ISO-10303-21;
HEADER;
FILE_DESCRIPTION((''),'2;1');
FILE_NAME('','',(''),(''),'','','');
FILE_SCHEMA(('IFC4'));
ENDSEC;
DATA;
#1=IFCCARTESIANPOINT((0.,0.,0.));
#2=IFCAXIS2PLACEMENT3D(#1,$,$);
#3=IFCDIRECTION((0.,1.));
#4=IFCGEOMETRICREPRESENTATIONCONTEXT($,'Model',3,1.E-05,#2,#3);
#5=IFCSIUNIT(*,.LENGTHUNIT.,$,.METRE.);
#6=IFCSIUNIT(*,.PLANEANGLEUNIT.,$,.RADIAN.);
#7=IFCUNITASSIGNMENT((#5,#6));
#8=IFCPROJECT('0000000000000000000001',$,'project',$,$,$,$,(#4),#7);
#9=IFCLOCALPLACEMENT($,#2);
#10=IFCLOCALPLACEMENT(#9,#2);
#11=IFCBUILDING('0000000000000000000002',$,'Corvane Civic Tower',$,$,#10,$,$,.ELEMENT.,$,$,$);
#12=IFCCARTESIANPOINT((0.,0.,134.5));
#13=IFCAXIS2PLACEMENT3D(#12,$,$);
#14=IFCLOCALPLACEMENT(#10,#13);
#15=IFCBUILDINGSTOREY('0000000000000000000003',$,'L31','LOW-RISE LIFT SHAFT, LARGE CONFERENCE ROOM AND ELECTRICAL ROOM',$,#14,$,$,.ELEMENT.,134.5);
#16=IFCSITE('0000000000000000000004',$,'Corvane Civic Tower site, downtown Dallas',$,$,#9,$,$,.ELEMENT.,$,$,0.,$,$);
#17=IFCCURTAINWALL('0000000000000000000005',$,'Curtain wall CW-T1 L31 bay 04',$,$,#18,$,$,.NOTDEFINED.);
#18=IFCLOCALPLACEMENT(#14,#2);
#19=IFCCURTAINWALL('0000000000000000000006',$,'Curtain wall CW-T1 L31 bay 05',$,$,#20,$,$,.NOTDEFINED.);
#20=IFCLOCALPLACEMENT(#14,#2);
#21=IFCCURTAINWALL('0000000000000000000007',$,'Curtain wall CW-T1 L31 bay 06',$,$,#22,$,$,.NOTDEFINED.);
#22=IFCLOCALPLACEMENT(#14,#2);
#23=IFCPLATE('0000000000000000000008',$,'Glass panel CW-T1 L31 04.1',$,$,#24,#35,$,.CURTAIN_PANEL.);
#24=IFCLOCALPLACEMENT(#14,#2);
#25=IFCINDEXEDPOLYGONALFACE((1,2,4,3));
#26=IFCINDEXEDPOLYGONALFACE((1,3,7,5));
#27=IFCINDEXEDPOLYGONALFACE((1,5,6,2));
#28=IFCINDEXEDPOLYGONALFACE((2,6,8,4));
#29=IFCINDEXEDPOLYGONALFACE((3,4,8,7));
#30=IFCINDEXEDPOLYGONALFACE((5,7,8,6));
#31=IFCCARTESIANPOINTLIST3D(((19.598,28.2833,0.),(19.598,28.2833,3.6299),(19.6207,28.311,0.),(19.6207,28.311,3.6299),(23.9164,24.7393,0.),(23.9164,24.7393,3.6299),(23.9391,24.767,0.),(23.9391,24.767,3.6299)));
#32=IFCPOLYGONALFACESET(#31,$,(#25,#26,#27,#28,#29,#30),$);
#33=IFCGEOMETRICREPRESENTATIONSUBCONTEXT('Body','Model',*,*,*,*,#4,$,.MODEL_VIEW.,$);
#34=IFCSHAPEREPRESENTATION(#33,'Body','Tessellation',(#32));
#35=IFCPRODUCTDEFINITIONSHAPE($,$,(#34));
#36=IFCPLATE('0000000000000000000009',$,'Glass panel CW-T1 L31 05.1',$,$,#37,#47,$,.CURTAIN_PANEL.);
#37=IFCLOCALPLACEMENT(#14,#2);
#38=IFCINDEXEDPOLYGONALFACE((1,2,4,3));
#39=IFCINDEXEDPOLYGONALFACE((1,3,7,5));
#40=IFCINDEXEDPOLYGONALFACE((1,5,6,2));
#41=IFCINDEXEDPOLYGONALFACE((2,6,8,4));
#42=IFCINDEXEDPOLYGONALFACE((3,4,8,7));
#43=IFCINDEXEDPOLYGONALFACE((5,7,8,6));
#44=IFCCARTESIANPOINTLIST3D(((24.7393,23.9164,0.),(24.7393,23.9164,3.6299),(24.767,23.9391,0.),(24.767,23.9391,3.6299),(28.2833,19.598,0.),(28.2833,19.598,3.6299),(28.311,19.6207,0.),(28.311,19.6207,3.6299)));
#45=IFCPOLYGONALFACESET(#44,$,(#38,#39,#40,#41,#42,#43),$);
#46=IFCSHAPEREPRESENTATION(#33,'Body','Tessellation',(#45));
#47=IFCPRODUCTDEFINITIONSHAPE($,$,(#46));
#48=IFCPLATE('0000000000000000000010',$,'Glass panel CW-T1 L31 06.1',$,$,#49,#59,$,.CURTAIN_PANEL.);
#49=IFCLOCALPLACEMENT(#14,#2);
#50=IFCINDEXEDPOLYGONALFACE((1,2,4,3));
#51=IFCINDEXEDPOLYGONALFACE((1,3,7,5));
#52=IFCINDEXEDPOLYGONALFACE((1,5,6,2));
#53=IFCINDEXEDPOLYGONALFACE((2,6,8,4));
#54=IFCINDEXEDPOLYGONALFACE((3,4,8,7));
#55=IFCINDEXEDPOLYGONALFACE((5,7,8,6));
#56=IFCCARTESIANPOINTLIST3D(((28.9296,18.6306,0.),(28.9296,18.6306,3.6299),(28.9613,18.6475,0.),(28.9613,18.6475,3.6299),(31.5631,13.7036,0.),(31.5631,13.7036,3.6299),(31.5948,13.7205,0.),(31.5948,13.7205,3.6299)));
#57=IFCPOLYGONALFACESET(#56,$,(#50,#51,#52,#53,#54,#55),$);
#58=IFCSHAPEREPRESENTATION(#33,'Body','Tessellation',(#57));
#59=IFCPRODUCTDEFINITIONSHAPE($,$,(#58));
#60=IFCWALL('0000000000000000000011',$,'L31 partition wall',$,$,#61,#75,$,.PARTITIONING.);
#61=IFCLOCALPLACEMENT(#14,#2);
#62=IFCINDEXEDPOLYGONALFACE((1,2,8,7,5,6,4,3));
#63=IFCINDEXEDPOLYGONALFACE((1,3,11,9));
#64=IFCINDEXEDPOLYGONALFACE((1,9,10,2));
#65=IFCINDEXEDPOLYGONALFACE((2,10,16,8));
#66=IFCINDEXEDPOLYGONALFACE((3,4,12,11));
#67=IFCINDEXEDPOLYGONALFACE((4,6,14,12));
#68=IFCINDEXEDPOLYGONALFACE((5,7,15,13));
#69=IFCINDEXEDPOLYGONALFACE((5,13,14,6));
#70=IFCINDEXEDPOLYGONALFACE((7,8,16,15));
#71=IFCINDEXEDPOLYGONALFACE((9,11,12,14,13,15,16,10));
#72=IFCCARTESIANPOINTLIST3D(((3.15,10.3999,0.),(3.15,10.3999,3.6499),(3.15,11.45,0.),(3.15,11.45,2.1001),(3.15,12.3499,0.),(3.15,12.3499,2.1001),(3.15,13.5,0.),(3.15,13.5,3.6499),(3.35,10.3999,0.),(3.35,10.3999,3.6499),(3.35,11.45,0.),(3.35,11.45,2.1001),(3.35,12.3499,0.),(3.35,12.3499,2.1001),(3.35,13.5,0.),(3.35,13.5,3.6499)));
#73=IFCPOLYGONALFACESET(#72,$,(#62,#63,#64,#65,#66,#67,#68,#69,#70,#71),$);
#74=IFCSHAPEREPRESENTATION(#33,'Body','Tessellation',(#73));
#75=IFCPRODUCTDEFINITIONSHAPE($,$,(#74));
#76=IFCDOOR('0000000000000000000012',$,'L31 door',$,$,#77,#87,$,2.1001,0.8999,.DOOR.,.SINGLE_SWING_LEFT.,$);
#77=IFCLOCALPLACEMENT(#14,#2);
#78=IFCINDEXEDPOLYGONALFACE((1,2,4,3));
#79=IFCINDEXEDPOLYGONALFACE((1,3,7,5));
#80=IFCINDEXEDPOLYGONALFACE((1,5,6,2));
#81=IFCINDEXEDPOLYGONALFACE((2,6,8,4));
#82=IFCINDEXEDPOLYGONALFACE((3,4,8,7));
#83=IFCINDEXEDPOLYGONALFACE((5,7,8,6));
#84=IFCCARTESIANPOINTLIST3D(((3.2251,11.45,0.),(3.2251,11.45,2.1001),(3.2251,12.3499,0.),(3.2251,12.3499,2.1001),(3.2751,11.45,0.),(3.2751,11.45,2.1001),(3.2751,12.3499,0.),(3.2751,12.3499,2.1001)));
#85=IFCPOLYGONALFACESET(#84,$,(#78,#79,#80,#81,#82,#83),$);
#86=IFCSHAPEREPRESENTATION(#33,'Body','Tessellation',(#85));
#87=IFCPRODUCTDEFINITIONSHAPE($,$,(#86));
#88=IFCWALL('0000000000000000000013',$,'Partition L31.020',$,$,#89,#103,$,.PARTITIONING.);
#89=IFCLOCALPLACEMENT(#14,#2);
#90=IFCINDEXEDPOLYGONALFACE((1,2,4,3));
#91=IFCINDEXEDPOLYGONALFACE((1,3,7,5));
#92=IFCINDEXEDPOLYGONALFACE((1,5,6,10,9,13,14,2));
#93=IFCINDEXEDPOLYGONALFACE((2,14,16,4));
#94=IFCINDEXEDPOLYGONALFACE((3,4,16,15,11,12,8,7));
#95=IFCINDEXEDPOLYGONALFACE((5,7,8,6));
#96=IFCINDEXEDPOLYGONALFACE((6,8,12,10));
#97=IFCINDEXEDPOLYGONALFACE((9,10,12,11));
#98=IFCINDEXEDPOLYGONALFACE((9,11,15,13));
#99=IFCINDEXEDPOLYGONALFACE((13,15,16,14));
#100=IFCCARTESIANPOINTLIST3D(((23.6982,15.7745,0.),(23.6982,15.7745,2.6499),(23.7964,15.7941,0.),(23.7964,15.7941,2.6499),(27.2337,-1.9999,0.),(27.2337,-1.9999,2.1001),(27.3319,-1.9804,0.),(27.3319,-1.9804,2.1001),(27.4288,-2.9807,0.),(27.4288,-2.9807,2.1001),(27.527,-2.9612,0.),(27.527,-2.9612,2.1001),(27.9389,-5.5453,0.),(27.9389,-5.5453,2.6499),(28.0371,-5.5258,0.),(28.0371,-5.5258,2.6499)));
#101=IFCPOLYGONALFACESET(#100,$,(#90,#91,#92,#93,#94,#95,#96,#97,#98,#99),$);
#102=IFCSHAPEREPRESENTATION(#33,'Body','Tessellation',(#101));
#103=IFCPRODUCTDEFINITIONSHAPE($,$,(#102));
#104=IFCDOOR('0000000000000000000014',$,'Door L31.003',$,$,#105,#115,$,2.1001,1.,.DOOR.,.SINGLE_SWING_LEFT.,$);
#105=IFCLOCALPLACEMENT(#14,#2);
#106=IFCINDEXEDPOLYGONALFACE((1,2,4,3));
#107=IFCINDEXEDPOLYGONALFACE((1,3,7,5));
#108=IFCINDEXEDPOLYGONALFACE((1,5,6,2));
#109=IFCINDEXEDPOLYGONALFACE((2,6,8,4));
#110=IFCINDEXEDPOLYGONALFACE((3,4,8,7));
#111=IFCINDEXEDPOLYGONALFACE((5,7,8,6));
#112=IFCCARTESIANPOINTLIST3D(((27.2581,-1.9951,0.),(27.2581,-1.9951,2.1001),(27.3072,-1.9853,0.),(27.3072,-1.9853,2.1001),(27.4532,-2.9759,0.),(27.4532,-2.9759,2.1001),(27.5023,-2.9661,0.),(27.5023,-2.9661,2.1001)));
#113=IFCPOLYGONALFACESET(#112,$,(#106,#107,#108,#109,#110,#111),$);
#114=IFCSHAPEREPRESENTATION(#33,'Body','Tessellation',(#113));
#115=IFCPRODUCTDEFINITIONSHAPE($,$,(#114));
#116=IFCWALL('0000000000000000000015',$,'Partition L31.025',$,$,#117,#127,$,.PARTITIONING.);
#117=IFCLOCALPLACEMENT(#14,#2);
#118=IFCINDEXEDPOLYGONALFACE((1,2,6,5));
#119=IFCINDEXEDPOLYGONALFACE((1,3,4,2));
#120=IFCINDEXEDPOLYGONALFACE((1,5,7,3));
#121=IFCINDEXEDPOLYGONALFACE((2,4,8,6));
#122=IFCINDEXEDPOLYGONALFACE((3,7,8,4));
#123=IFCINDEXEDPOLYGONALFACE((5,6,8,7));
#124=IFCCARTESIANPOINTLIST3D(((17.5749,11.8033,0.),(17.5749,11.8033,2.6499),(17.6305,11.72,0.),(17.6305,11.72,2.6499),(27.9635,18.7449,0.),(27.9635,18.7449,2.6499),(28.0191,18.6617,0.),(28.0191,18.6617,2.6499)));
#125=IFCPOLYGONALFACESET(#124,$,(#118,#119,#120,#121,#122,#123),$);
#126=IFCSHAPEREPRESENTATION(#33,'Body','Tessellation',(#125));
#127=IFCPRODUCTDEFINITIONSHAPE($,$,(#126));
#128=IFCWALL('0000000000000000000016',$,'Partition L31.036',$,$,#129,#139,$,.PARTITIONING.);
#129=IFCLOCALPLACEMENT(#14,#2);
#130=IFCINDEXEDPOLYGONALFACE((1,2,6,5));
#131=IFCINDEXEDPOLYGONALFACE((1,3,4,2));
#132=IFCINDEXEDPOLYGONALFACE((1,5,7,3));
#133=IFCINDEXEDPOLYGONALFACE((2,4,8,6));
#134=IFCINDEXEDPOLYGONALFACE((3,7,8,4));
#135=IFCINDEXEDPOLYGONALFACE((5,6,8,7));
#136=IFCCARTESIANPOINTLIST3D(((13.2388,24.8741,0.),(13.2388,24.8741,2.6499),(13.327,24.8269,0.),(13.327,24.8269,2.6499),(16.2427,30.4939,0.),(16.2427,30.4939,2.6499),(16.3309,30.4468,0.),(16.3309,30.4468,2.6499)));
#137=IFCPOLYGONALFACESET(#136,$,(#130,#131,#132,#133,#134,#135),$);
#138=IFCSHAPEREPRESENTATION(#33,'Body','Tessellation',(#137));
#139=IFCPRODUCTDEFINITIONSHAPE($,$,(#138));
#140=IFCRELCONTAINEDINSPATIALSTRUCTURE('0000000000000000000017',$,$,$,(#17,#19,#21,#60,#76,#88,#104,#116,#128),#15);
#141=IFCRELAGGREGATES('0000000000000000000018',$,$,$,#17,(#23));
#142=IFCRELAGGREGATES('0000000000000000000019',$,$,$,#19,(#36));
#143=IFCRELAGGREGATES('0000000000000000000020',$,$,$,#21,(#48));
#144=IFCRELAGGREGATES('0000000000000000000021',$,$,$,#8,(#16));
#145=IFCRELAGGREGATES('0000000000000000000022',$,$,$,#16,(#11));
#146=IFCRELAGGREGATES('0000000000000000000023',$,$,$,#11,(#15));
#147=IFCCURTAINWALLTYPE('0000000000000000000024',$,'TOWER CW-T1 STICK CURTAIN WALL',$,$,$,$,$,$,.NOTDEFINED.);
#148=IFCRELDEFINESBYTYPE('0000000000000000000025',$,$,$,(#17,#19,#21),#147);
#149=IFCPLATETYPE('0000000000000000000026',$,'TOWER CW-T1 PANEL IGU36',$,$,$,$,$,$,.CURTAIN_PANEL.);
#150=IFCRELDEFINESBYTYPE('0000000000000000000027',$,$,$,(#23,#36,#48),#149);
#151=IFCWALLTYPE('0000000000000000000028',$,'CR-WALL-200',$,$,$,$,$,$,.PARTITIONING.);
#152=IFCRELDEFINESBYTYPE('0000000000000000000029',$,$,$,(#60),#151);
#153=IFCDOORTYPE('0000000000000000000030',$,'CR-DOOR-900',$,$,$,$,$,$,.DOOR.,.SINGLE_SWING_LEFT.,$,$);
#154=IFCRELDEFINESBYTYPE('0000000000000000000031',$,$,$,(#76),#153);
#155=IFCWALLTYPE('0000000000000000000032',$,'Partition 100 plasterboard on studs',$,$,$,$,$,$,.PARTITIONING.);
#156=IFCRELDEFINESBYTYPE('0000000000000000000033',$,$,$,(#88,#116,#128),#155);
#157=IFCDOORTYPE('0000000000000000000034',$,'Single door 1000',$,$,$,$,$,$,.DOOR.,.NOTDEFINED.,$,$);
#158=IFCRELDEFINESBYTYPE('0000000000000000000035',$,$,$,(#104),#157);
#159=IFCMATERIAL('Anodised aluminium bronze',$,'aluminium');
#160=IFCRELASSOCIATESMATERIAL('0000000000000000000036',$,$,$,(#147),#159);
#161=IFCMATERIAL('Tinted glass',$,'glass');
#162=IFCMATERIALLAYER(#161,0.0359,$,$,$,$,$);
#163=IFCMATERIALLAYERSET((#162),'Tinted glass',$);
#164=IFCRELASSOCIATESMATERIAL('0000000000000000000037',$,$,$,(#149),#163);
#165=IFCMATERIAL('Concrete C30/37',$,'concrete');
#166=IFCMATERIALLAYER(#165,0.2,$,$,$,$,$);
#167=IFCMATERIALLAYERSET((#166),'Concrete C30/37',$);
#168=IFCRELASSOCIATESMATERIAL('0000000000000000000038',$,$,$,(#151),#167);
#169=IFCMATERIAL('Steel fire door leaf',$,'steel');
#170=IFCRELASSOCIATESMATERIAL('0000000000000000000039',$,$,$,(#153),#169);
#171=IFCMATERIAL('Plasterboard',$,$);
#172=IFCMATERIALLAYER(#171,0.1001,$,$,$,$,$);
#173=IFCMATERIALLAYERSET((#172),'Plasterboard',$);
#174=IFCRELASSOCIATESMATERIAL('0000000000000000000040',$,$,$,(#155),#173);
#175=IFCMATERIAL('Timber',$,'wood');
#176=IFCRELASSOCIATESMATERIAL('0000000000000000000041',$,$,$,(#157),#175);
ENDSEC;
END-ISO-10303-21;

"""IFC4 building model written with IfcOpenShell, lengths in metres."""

from ifc_helpers import new_model, si_unit, direction, frame, frame_2d, origin, origin_2d, place, context, subcontext, project, spatial, rectangle, extrude, material, layer, layer_set, type_object, element, fill, aggregate, save


model = new_model("IFC4")

# Units and contexts
model_context = context("Model", 3, precision=1e-05, world=origin(), true_north=direction((0.0, 1.0)))
body_context = subcontext(model_context, "Body", "Model", "MODEL_VIEW")
ifc_project = project(units=[si_unit("LENGTHUNIT", "METRE"), si_unit("PLANEANGLEUNIT", "RADIAN")], contexts=[model_context])

# Site, building, storey
site_placement = place(None, origin())
site = spatial("IfcSite", under=ifc_project, at=site_placement, Name="Corvane Civic Tower site, downtown Dallas", CompositionType="ELEMENT", RefElevation=0.0)
building_placement = place(site_placement, origin())
building = spatial("IfcBuilding", under=site, at=building_placement, Name="Corvane Civic Tower", CompositionType="ELEMENT")
storey_placement = place(building_placement, frame((0.0, 0.0, 134.5)))
storey = spatial("IfcBuildingStorey", under=building, at=storey_placement, Name="L31", Description="LOW-RISE LIFT SHAFT, LARGE CONFERENCE ROOM AND ELECTRICAL ROOM", CompositionType="ELEMENT", Elevation=134.5)

# Curtain walls
ifc_material_1 = material(Name="Anodised aluminium bronze", Category="aluminium")
curtain_wall_type = type_object("IfcCurtainWallType", Name="TOWER CW-T1 STICK CURTAIN WALL", PredefinedType="NOTDEFINED", material=ifc_material_1)
curtain_wall_1_placement = place(storey_placement, origin())
curtain_wall_1 = element("IfcCurtainWall", 1, at=curtain_wall_1_placement, inside=storey, type_object=curtain_wall_type, Name="Curtain wall CW-T1 L31 bay 04", PredefinedType="NOTDEFINED")
curtain_wall_2_placement = place(storey_placement, origin())
curtain_wall_2 = element("IfcCurtainWall", 2, at=curtain_wall_2_placement, inside=storey, type_object=curtain_wall_type, Name="Curtain wall CW-T1 L31 bay 05", PredefinedType="NOTDEFINED")
curtain_wall_3_placement = place(storey_placement, origin())
curtain_wall_3 = element("IfcCurtainWall", 3, at=curtain_wall_3_placement, inside=storey, type_object=curtain_wall_type, Name="Curtain wall CW-T1 L31 bay 06", PredefinedType="NOTDEFINED")

# Plates
ifc_material_2 = material(Name="Tinted glass", Category="glass")
ifc_layer_1 = layer(ifc_material_2, 0.0359)
ifc_layer_set_1 = layer_set([ifc_layer_1], Name="Tinted glass")
plate_type = type_object("IfcPlateType", Name="TOWER CW-T1 PANEL IGU36", PredefinedType="CURTAIN_PANEL", material=ifc_layer_set_1)
plate_1_placement = place(storey_placement, frame((21.7686, 26.5251, 0.0), z_axis=(0.0, 0.0, 1.0), x_axis=(0.773013, -0.63439, 0.0)))
plate_1 = element("IfcPlate", 4, at=plate_1_placement, type_object=plate_type, Name="Glass panel CW-T1 L31 04.1", PredefinedType="CURTAIN_PANEL", context=body_context, shape_type="SweptSolid", body=[
    extrude(rectangle(XDim=5.5864, YDim=0.0359, at=origin_2d()), origin(), (0.0, 0.0, 1.0), 3.6299),
])
aggregate(curtain_wall_1, [plate_1])
plate_2_placement = place(storey_placement, frame((26.5251, 21.7686, 0.0), z_axis=(0.0, 0.0, 1.0), x_axis=(0.63439, -0.773013, 0.0)))
plate_2 = element("IfcPlate", 5, at=plate_2_placement, type_object=plate_type, Name="Glass panel CW-T1 L31 05.1", PredefinedType="CURTAIN_PANEL", context=body_context, shape_type="SweptSolid", body=[
    extrude(rectangle(XDim=5.5864, YDim=0.0359, at=origin_2d()), origin(), (0.0, 0.0, 1.0), 3.6299),
])
aggregate(curtain_wall_2, [plate_2])
plate_3_placement = place(storey_placement, frame((30.2622, 16.1755, 0.0), z_axis=(0.0, 0.0, 1.0), x_axis=(0.471392, -0.881924, 0.0)))
plate_3 = element("IfcPlate", 6, at=plate_3_placement, type_object=plate_type, Name="Glass panel CW-T1 L31 06.1", PredefinedType="CURTAIN_PANEL", context=body_context, shape_type="SweptSolid", body=[
    extrude(rectangle(XDim=5.5867, YDim=0.0359, at=origin_2d()), origin(), (0.0, 0.0, 1.0), 3.6299),
])
aggregate(curtain_wall_3, [plate_3])

# Walls, openings, doors
ifc_material_3 = material(Name="Concrete C30/37", Category="concrete")
ifc_layer_2 = layer(ifc_material_3, 0.2)
ifc_layer_set_2 = layer_set([ifc_layer_2], Name="Concrete C30/37")
wall_type_1 = type_object("IfcWallType", Name="CR-WALL-200", PredefinedType="PARTITIONING", material=ifc_layer_set_2)
wall_1_placement = place(storey_placement, frame((3.25, 10.3999, 0.0), z_axis=(0.0, 0.0, 1.0), x_axis=(0.0, 1.0, 0.0)))
wall_1 = element("IfcWall", 7, at=wall_1_placement, inside=storey, type_object=wall_type_1, Name="L31 partition wall", PredefinedType="PARTITIONING", context=body_context, shape_type="SweptSolid", body=[
    extrude(rectangle(XDim=3.1001, YDim=0.2, at=frame_2d((1.55, 0.0))), origin(), (0.0, 0.0, 1.0), 3.6499),
])
opening_1_placement = place(wall_1_placement, frame((1.05, 0.0, 0.0)))
opening_1 = element("IfcOpeningElement", 8, at=opening_1_placement, cuts=wall_1, PredefinedType="OPENING", context=body_context, shape_type="SweptSolid", body=[
    extrude(rectangle(XDim=0.8999, YDim=2.1001, at=frame_2d((0.45, 1.05))), frame((0.0, 0.1099, 0.0), z_axis=(0.0, -1.0, 0.0), x_axis=(1.0, 0.0, 0.0)), (0.0, 0.0, 1.0), 0.22),
])
ifc_material_4 = material(Name="Steel fire door leaf", Category="steel")
door_type_1 = type_object("IfcDoorType", Name="CR-DOOR-900", OperationType="SINGLE_SWING_LEFT", PredefinedType="DOOR", material=ifc_material_4)
door_1_placement = place(opening_1_placement, origin())
door_1 = element("IfcDoor", 9, at=door_1_placement, inside=storey, type_object=door_type_1, Name="L31 door", OperationType="SINGLE_SWING_LEFT", OverallHeight=2.1001, OverallWidth=0.8999, PredefinedType="DOOR", context=body_context, shape_type="SweptSolid", body=[
    extrude(rectangle(XDim=0.8999, YDim=2.1001, at=frame_2d((0.45, 1.05))), frame((0.0, 0.0249, 0.0), z_axis=(0.0, -1.0, 0.0), x_axis=(1.0, 0.0, 0.0)), (0.0, 0.0, 1.0), 0.05),
])
fill(opening_1, door_1)
ifc_material_5 = material(Name="Plasterboard")
ifc_layer_3 = layer(ifc_material_5, 0.1001)
ifc_layer_set_3 = layer_set([ifc_layer_3], Name="Plasterboard")
wall_type_2 = type_object("IfcWallType", Name="Partition 100 plasterboard on studs", PredefinedType="PARTITIONING", material=ifc_layer_set_3)
wall_2_placement = place(storey_placement, frame((23.7473, 15.7842, 0.0), z_axis=(0.0, 0.0, 1.0), x_axis=(0.195088, -0.980786, 0.0)))
wall_2 = element("IfcWall", 10, at=wall_2_placement, inside=storey, type_object=wall_type_2, Name="Partition L31.020", PredefinedType="PARTITIONING", context=body_context, shape_type="SweptSolid", body=[
    extrude(rectangle(XDim=21.7375, YDim=0.1001, at=frame_2d((10.8687, 0.0))), origin(), (0.0, 0.0, 1.0), 2.6499),
])
opening_2_placement = place(wall_2_placement, frame((18.1226, 0.0, 0.0)))
opening_2 = element("IfcOpeningElement", 11, at=opening_2_placement, cuts=wall_2, PredefinedType="OPENING", context=body_context, shape_type="SweptSolid", body=[
    extrude(rectangle(XDim=1.0, YDim=2.1001, at=frame_2d((0.5, 1.05))), frame((0.0, 0.0601, 0.0), z_axis=(0.0, -1.0, 0.0), x_axis=(1.0, 0.0, 0.0)), (0.0, 0.0, 1.0), 0.1201),
])
ifc_material_6 = material(Name="Timber", Category="wood")
door_type_2 = type_object("IfcDoorType", Name="Single door 1000", OperationType="NOTDEFINED", PredefinedType="DOOR", material=ifc_material_6)
door_2_placement = place(opening_2_placement, origin())
door_2 = element("IfcDoor", 12, at=door_2_placement, inside=storey, type_object=door_type_2, Name="Door L31.003", OperationType="SINGLE_SWING_LEFT", OverallHeight=2.1001, OverallWidth=1.0, PredefinedType="DOOR", context=body_context, shape_type="SweptSolid", body=[
    extrude(rectangle(XDim=1.0, YDim=2.1001, at=frame_2d((0.5, 1.05))), frame((0.0, 0.0249, 0.0), z_axis=(0.0, -1.0, 0.0), x_axis=(1.0, 0.0, 0.0)), (0.0, 0.0, 1.0), 0.05),
])
fill(opening_2, door_2)

# Walls
wall_3_placement = place(storey_placement, frame((17.6028, 11.7617, 0.0), z_axis=(0.0, 0.0, 1.0), x_axis=(0.831464, 0.555579, 0.0)))
element("IfcWall", 13, at=wall_3_placement, inside=storey, type_object=wall_type_2, Name="Partition L31.025", PredefinedType="PARTITIONING", context=body_context, shape_type="SweptSolid", body=[
    extrude(rectangle(XDim=12.4944, YDim=0.1001, at=frame_2d((6.2471, 0.0))), origin(), (0.0, 0.0, 1.0), 2.6499),
])
wall_4_placement = place(storey_placement, frame((13.283, 24.8506, 0.0), z_axis=(0.0, 0.0, 1.0), x_axis=(0.471399, 0.88192, 0.0)))
element("IfcWall", 14, at=wall_4_placement, inside=storey, type_object=wall_type_2, Name="Partition L31.036", PredefinedType="PARTITIONING", context=body_context, shape_type="SweptSolid", body=[
    extrude(rectangle(XDim=6.3723, YDim=0.1001, at=frame_2d((3.186, 0.0))), origin(), (0.0, 0.0, 1.0), 2.6499),
])

save(model, "model.ifc")
